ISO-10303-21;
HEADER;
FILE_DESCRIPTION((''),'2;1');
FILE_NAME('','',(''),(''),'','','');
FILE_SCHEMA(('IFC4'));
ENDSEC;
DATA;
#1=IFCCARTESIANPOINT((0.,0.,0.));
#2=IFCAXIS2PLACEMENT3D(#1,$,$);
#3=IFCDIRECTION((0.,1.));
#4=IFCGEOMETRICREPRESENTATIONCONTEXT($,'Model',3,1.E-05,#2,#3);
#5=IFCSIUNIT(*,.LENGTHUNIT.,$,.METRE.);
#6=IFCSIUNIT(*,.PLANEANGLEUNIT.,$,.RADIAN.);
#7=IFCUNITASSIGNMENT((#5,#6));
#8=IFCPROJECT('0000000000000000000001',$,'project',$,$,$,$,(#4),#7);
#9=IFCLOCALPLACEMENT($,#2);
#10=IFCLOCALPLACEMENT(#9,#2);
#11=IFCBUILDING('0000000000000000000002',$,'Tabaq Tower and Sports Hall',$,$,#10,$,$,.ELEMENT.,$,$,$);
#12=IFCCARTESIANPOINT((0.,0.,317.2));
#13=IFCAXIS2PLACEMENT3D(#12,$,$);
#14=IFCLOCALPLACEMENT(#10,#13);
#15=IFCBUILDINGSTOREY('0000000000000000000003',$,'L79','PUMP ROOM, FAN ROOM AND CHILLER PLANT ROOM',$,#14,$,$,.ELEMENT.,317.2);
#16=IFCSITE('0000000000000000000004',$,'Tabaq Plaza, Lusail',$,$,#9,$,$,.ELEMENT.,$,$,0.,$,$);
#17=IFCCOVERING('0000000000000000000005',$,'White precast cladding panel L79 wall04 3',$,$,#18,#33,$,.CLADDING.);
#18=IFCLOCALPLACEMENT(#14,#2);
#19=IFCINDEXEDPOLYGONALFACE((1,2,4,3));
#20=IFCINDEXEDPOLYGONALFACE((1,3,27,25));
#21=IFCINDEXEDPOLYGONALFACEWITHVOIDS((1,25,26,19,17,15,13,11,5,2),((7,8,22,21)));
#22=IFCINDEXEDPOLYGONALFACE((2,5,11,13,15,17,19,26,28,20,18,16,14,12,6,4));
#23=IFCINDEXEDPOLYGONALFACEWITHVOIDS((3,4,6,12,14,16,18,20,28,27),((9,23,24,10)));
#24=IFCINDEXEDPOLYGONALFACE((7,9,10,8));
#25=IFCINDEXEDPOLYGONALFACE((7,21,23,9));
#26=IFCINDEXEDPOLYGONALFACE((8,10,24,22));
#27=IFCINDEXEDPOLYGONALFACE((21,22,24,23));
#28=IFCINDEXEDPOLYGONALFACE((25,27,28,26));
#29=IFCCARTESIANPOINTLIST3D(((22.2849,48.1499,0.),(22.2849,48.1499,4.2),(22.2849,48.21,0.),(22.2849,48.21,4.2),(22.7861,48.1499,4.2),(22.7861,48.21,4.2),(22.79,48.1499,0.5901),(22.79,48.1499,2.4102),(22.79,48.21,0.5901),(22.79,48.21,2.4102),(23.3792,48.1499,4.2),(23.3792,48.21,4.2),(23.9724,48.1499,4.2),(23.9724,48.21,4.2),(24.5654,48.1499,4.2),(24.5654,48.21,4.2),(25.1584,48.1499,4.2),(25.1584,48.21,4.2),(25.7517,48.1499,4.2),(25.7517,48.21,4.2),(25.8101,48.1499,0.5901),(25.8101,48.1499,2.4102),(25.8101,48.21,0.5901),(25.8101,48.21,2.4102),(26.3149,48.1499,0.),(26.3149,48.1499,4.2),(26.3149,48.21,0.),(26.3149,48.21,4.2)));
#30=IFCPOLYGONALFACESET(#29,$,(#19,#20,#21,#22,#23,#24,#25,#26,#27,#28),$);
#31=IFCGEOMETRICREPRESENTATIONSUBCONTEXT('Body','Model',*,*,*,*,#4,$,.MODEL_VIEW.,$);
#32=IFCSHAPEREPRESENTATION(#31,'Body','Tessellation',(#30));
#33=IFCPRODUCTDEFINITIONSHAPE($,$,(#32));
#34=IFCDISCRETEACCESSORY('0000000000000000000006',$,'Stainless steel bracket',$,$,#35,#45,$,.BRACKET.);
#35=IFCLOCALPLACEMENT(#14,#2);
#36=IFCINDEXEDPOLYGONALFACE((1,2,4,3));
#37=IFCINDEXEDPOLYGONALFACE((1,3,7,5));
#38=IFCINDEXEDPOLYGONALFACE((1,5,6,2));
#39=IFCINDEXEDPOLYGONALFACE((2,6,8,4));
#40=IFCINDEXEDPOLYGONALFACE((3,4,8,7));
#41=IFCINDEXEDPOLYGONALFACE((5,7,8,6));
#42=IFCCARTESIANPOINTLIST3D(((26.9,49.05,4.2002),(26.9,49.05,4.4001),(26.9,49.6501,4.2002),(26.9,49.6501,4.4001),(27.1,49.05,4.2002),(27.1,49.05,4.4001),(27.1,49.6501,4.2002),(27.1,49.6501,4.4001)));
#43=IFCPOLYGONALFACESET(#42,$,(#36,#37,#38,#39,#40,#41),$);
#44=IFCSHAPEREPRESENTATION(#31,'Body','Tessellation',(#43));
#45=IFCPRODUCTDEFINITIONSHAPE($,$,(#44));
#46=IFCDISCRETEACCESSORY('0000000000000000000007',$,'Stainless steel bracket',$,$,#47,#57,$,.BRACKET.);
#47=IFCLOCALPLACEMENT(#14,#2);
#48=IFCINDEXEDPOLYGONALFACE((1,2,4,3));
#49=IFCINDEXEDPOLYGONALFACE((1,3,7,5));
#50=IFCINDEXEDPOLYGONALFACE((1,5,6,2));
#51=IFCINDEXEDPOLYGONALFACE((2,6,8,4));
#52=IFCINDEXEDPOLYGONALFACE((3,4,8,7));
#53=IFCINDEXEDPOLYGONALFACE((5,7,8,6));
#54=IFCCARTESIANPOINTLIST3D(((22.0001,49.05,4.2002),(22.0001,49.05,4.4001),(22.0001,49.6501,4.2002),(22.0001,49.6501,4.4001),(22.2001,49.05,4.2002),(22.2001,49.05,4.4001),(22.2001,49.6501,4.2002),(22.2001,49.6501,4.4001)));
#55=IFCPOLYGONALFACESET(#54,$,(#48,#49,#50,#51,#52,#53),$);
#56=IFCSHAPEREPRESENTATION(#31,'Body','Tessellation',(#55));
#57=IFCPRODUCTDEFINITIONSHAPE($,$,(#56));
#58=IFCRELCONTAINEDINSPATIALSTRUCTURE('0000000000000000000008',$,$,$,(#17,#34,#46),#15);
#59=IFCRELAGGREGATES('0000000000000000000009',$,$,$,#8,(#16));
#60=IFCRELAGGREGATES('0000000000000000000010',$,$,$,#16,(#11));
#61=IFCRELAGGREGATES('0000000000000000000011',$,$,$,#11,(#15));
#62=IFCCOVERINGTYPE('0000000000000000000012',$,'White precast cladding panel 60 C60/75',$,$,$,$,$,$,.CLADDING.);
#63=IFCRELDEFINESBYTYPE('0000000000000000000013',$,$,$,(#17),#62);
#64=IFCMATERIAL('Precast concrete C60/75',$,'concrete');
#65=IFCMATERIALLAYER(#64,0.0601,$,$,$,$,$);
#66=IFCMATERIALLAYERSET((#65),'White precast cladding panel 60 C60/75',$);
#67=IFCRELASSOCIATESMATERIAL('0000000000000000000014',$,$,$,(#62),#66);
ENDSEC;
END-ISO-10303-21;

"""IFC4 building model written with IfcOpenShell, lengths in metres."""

from ifc_helpers import new_model, si_unit, direction, frame, origin, origin_2d, place, context, subcontext, project, spatial, polyline, rectangle, outline, extrude, material, layer, layer_set, type_object, element, save


model = new_model("IFC4")

# Units and contexts
model_context = context("Model", 3, precision=1e-05, world=origin(), true_north=direction((0.0, 1.0)))
body_context = subcontext(model_context, "Body", "Model", "MODEL_VIEW")
ifc_project = project(units=[si_unit("LENGTHUNIT", "METRE"), si_unit("PLANEANGLEUNIT", "RADIAN")], contexts=[model_context])

# Site, building, storey
site_placement = place(None, origin())
site = spatial("IfcSite", under=ifc_project, at=site_placement, Name="Tabaq Plaza, Lusail", CompositionType="ELEMENT", RefElevation=0.0)
building_placement = place(site_placement, origin())
building = spatial("IfcBuilding", under=site, at=building_placement, Name="Tabaq Tower and Sports Hall", CompositionType="ELEMENT")
storey_placement = place(building_placement, frame((0.0, 0.0, 317.2)))
storey = spatial("IfcBuildingStorey", under=building, at=storey_placement, Name="L79", Description="PUMP ROOM, FAN ROOM AND CHILLER PLANT ROOM", CompositionType="ELEMENT", Elevation=317.2)

# Covering
ifc_material_1 = material(Name="Precast concrete C60/75", Category="concrete")
ifc_layer_1 = layer(ifc_material_1, 0.0601)
ifc_layer_set_1 = layer_set([ifc_layer_1], Name="White precast cladding panel 60 C60/75")
covering_type_1 = type_object("IfcCoveringType", Name="White precast cladding panel 60 C60/75", PredefinedType="CLADDING", material=ifc_layer_set_1)
covering_1_placement = place(storey_placement, frame((26.3149, 48.1799, 0.0), z_axis=(0.0, 0.0, 1.0), x_axis=(-1.0, 0.0, 0.0)))
element("IfcCovering", 1, at=covering_1_placement, inside=storey, type_object=covering_type_1, Name="White precast cladding panel L79 wall04 3", PredefinedType="CLADDING", context=body_context, shape_type="SweptSolid", body=[
    extrude(outline(polyline([(0.0, 0.0), (4.03, 0.0), (4.03, 4.2), (3.5288, 4.2), (2.9358, 4.2), (2.3425, 4.2), (1.7495, 4.2), (1.1565, 4.2), (0.5632, 4.2), (0.0, 4.2), (0.0, 0.0)]), holes=[polyline([(0.5049, 0.5901), (0.5049, 2.4102), (3.5249, 2.4102), (3.5249, 0.5901), (0.5049, 0.5901)])]), frame((0.0, 0.03, 0.0), z_axis=(0.0, -1.0, 0.0), x_axis=(1.0, 0.0, 0.0)), (0.0, 0.0, 1.0), 0.0601),
])

# Discrete accessories
for number, where, z_axis, x_axis, name in (
    (2, (27.0, 49.3501, 4.2002), (0.0, 0.0, 1.0), (0.0, 1.0, 0.0), "Stainless steel bracket"),
    (3, (22.1001, 49.3501, 4.2002), (0.0, 0.0, 1.0), (0.0, 1.0, 0.0), "Stainless steel bracket"),
):
    element("IfcDiscreteAccessory", number, at=place(storey_placement, frame(where, z_axis=z_axis, x_axis=x_axis)), inside=storey, Name=name, PredefinedType="BRACKET", context=body_context, shape_type="SweptSolid", body=[
        extrude(rectangle(XDim=0.6001, YDim=0.2, at=origin_2d()), origin(), (0.0, 0.0, 1.0), 0.2),
    ])

save(model, "model.ifc")
